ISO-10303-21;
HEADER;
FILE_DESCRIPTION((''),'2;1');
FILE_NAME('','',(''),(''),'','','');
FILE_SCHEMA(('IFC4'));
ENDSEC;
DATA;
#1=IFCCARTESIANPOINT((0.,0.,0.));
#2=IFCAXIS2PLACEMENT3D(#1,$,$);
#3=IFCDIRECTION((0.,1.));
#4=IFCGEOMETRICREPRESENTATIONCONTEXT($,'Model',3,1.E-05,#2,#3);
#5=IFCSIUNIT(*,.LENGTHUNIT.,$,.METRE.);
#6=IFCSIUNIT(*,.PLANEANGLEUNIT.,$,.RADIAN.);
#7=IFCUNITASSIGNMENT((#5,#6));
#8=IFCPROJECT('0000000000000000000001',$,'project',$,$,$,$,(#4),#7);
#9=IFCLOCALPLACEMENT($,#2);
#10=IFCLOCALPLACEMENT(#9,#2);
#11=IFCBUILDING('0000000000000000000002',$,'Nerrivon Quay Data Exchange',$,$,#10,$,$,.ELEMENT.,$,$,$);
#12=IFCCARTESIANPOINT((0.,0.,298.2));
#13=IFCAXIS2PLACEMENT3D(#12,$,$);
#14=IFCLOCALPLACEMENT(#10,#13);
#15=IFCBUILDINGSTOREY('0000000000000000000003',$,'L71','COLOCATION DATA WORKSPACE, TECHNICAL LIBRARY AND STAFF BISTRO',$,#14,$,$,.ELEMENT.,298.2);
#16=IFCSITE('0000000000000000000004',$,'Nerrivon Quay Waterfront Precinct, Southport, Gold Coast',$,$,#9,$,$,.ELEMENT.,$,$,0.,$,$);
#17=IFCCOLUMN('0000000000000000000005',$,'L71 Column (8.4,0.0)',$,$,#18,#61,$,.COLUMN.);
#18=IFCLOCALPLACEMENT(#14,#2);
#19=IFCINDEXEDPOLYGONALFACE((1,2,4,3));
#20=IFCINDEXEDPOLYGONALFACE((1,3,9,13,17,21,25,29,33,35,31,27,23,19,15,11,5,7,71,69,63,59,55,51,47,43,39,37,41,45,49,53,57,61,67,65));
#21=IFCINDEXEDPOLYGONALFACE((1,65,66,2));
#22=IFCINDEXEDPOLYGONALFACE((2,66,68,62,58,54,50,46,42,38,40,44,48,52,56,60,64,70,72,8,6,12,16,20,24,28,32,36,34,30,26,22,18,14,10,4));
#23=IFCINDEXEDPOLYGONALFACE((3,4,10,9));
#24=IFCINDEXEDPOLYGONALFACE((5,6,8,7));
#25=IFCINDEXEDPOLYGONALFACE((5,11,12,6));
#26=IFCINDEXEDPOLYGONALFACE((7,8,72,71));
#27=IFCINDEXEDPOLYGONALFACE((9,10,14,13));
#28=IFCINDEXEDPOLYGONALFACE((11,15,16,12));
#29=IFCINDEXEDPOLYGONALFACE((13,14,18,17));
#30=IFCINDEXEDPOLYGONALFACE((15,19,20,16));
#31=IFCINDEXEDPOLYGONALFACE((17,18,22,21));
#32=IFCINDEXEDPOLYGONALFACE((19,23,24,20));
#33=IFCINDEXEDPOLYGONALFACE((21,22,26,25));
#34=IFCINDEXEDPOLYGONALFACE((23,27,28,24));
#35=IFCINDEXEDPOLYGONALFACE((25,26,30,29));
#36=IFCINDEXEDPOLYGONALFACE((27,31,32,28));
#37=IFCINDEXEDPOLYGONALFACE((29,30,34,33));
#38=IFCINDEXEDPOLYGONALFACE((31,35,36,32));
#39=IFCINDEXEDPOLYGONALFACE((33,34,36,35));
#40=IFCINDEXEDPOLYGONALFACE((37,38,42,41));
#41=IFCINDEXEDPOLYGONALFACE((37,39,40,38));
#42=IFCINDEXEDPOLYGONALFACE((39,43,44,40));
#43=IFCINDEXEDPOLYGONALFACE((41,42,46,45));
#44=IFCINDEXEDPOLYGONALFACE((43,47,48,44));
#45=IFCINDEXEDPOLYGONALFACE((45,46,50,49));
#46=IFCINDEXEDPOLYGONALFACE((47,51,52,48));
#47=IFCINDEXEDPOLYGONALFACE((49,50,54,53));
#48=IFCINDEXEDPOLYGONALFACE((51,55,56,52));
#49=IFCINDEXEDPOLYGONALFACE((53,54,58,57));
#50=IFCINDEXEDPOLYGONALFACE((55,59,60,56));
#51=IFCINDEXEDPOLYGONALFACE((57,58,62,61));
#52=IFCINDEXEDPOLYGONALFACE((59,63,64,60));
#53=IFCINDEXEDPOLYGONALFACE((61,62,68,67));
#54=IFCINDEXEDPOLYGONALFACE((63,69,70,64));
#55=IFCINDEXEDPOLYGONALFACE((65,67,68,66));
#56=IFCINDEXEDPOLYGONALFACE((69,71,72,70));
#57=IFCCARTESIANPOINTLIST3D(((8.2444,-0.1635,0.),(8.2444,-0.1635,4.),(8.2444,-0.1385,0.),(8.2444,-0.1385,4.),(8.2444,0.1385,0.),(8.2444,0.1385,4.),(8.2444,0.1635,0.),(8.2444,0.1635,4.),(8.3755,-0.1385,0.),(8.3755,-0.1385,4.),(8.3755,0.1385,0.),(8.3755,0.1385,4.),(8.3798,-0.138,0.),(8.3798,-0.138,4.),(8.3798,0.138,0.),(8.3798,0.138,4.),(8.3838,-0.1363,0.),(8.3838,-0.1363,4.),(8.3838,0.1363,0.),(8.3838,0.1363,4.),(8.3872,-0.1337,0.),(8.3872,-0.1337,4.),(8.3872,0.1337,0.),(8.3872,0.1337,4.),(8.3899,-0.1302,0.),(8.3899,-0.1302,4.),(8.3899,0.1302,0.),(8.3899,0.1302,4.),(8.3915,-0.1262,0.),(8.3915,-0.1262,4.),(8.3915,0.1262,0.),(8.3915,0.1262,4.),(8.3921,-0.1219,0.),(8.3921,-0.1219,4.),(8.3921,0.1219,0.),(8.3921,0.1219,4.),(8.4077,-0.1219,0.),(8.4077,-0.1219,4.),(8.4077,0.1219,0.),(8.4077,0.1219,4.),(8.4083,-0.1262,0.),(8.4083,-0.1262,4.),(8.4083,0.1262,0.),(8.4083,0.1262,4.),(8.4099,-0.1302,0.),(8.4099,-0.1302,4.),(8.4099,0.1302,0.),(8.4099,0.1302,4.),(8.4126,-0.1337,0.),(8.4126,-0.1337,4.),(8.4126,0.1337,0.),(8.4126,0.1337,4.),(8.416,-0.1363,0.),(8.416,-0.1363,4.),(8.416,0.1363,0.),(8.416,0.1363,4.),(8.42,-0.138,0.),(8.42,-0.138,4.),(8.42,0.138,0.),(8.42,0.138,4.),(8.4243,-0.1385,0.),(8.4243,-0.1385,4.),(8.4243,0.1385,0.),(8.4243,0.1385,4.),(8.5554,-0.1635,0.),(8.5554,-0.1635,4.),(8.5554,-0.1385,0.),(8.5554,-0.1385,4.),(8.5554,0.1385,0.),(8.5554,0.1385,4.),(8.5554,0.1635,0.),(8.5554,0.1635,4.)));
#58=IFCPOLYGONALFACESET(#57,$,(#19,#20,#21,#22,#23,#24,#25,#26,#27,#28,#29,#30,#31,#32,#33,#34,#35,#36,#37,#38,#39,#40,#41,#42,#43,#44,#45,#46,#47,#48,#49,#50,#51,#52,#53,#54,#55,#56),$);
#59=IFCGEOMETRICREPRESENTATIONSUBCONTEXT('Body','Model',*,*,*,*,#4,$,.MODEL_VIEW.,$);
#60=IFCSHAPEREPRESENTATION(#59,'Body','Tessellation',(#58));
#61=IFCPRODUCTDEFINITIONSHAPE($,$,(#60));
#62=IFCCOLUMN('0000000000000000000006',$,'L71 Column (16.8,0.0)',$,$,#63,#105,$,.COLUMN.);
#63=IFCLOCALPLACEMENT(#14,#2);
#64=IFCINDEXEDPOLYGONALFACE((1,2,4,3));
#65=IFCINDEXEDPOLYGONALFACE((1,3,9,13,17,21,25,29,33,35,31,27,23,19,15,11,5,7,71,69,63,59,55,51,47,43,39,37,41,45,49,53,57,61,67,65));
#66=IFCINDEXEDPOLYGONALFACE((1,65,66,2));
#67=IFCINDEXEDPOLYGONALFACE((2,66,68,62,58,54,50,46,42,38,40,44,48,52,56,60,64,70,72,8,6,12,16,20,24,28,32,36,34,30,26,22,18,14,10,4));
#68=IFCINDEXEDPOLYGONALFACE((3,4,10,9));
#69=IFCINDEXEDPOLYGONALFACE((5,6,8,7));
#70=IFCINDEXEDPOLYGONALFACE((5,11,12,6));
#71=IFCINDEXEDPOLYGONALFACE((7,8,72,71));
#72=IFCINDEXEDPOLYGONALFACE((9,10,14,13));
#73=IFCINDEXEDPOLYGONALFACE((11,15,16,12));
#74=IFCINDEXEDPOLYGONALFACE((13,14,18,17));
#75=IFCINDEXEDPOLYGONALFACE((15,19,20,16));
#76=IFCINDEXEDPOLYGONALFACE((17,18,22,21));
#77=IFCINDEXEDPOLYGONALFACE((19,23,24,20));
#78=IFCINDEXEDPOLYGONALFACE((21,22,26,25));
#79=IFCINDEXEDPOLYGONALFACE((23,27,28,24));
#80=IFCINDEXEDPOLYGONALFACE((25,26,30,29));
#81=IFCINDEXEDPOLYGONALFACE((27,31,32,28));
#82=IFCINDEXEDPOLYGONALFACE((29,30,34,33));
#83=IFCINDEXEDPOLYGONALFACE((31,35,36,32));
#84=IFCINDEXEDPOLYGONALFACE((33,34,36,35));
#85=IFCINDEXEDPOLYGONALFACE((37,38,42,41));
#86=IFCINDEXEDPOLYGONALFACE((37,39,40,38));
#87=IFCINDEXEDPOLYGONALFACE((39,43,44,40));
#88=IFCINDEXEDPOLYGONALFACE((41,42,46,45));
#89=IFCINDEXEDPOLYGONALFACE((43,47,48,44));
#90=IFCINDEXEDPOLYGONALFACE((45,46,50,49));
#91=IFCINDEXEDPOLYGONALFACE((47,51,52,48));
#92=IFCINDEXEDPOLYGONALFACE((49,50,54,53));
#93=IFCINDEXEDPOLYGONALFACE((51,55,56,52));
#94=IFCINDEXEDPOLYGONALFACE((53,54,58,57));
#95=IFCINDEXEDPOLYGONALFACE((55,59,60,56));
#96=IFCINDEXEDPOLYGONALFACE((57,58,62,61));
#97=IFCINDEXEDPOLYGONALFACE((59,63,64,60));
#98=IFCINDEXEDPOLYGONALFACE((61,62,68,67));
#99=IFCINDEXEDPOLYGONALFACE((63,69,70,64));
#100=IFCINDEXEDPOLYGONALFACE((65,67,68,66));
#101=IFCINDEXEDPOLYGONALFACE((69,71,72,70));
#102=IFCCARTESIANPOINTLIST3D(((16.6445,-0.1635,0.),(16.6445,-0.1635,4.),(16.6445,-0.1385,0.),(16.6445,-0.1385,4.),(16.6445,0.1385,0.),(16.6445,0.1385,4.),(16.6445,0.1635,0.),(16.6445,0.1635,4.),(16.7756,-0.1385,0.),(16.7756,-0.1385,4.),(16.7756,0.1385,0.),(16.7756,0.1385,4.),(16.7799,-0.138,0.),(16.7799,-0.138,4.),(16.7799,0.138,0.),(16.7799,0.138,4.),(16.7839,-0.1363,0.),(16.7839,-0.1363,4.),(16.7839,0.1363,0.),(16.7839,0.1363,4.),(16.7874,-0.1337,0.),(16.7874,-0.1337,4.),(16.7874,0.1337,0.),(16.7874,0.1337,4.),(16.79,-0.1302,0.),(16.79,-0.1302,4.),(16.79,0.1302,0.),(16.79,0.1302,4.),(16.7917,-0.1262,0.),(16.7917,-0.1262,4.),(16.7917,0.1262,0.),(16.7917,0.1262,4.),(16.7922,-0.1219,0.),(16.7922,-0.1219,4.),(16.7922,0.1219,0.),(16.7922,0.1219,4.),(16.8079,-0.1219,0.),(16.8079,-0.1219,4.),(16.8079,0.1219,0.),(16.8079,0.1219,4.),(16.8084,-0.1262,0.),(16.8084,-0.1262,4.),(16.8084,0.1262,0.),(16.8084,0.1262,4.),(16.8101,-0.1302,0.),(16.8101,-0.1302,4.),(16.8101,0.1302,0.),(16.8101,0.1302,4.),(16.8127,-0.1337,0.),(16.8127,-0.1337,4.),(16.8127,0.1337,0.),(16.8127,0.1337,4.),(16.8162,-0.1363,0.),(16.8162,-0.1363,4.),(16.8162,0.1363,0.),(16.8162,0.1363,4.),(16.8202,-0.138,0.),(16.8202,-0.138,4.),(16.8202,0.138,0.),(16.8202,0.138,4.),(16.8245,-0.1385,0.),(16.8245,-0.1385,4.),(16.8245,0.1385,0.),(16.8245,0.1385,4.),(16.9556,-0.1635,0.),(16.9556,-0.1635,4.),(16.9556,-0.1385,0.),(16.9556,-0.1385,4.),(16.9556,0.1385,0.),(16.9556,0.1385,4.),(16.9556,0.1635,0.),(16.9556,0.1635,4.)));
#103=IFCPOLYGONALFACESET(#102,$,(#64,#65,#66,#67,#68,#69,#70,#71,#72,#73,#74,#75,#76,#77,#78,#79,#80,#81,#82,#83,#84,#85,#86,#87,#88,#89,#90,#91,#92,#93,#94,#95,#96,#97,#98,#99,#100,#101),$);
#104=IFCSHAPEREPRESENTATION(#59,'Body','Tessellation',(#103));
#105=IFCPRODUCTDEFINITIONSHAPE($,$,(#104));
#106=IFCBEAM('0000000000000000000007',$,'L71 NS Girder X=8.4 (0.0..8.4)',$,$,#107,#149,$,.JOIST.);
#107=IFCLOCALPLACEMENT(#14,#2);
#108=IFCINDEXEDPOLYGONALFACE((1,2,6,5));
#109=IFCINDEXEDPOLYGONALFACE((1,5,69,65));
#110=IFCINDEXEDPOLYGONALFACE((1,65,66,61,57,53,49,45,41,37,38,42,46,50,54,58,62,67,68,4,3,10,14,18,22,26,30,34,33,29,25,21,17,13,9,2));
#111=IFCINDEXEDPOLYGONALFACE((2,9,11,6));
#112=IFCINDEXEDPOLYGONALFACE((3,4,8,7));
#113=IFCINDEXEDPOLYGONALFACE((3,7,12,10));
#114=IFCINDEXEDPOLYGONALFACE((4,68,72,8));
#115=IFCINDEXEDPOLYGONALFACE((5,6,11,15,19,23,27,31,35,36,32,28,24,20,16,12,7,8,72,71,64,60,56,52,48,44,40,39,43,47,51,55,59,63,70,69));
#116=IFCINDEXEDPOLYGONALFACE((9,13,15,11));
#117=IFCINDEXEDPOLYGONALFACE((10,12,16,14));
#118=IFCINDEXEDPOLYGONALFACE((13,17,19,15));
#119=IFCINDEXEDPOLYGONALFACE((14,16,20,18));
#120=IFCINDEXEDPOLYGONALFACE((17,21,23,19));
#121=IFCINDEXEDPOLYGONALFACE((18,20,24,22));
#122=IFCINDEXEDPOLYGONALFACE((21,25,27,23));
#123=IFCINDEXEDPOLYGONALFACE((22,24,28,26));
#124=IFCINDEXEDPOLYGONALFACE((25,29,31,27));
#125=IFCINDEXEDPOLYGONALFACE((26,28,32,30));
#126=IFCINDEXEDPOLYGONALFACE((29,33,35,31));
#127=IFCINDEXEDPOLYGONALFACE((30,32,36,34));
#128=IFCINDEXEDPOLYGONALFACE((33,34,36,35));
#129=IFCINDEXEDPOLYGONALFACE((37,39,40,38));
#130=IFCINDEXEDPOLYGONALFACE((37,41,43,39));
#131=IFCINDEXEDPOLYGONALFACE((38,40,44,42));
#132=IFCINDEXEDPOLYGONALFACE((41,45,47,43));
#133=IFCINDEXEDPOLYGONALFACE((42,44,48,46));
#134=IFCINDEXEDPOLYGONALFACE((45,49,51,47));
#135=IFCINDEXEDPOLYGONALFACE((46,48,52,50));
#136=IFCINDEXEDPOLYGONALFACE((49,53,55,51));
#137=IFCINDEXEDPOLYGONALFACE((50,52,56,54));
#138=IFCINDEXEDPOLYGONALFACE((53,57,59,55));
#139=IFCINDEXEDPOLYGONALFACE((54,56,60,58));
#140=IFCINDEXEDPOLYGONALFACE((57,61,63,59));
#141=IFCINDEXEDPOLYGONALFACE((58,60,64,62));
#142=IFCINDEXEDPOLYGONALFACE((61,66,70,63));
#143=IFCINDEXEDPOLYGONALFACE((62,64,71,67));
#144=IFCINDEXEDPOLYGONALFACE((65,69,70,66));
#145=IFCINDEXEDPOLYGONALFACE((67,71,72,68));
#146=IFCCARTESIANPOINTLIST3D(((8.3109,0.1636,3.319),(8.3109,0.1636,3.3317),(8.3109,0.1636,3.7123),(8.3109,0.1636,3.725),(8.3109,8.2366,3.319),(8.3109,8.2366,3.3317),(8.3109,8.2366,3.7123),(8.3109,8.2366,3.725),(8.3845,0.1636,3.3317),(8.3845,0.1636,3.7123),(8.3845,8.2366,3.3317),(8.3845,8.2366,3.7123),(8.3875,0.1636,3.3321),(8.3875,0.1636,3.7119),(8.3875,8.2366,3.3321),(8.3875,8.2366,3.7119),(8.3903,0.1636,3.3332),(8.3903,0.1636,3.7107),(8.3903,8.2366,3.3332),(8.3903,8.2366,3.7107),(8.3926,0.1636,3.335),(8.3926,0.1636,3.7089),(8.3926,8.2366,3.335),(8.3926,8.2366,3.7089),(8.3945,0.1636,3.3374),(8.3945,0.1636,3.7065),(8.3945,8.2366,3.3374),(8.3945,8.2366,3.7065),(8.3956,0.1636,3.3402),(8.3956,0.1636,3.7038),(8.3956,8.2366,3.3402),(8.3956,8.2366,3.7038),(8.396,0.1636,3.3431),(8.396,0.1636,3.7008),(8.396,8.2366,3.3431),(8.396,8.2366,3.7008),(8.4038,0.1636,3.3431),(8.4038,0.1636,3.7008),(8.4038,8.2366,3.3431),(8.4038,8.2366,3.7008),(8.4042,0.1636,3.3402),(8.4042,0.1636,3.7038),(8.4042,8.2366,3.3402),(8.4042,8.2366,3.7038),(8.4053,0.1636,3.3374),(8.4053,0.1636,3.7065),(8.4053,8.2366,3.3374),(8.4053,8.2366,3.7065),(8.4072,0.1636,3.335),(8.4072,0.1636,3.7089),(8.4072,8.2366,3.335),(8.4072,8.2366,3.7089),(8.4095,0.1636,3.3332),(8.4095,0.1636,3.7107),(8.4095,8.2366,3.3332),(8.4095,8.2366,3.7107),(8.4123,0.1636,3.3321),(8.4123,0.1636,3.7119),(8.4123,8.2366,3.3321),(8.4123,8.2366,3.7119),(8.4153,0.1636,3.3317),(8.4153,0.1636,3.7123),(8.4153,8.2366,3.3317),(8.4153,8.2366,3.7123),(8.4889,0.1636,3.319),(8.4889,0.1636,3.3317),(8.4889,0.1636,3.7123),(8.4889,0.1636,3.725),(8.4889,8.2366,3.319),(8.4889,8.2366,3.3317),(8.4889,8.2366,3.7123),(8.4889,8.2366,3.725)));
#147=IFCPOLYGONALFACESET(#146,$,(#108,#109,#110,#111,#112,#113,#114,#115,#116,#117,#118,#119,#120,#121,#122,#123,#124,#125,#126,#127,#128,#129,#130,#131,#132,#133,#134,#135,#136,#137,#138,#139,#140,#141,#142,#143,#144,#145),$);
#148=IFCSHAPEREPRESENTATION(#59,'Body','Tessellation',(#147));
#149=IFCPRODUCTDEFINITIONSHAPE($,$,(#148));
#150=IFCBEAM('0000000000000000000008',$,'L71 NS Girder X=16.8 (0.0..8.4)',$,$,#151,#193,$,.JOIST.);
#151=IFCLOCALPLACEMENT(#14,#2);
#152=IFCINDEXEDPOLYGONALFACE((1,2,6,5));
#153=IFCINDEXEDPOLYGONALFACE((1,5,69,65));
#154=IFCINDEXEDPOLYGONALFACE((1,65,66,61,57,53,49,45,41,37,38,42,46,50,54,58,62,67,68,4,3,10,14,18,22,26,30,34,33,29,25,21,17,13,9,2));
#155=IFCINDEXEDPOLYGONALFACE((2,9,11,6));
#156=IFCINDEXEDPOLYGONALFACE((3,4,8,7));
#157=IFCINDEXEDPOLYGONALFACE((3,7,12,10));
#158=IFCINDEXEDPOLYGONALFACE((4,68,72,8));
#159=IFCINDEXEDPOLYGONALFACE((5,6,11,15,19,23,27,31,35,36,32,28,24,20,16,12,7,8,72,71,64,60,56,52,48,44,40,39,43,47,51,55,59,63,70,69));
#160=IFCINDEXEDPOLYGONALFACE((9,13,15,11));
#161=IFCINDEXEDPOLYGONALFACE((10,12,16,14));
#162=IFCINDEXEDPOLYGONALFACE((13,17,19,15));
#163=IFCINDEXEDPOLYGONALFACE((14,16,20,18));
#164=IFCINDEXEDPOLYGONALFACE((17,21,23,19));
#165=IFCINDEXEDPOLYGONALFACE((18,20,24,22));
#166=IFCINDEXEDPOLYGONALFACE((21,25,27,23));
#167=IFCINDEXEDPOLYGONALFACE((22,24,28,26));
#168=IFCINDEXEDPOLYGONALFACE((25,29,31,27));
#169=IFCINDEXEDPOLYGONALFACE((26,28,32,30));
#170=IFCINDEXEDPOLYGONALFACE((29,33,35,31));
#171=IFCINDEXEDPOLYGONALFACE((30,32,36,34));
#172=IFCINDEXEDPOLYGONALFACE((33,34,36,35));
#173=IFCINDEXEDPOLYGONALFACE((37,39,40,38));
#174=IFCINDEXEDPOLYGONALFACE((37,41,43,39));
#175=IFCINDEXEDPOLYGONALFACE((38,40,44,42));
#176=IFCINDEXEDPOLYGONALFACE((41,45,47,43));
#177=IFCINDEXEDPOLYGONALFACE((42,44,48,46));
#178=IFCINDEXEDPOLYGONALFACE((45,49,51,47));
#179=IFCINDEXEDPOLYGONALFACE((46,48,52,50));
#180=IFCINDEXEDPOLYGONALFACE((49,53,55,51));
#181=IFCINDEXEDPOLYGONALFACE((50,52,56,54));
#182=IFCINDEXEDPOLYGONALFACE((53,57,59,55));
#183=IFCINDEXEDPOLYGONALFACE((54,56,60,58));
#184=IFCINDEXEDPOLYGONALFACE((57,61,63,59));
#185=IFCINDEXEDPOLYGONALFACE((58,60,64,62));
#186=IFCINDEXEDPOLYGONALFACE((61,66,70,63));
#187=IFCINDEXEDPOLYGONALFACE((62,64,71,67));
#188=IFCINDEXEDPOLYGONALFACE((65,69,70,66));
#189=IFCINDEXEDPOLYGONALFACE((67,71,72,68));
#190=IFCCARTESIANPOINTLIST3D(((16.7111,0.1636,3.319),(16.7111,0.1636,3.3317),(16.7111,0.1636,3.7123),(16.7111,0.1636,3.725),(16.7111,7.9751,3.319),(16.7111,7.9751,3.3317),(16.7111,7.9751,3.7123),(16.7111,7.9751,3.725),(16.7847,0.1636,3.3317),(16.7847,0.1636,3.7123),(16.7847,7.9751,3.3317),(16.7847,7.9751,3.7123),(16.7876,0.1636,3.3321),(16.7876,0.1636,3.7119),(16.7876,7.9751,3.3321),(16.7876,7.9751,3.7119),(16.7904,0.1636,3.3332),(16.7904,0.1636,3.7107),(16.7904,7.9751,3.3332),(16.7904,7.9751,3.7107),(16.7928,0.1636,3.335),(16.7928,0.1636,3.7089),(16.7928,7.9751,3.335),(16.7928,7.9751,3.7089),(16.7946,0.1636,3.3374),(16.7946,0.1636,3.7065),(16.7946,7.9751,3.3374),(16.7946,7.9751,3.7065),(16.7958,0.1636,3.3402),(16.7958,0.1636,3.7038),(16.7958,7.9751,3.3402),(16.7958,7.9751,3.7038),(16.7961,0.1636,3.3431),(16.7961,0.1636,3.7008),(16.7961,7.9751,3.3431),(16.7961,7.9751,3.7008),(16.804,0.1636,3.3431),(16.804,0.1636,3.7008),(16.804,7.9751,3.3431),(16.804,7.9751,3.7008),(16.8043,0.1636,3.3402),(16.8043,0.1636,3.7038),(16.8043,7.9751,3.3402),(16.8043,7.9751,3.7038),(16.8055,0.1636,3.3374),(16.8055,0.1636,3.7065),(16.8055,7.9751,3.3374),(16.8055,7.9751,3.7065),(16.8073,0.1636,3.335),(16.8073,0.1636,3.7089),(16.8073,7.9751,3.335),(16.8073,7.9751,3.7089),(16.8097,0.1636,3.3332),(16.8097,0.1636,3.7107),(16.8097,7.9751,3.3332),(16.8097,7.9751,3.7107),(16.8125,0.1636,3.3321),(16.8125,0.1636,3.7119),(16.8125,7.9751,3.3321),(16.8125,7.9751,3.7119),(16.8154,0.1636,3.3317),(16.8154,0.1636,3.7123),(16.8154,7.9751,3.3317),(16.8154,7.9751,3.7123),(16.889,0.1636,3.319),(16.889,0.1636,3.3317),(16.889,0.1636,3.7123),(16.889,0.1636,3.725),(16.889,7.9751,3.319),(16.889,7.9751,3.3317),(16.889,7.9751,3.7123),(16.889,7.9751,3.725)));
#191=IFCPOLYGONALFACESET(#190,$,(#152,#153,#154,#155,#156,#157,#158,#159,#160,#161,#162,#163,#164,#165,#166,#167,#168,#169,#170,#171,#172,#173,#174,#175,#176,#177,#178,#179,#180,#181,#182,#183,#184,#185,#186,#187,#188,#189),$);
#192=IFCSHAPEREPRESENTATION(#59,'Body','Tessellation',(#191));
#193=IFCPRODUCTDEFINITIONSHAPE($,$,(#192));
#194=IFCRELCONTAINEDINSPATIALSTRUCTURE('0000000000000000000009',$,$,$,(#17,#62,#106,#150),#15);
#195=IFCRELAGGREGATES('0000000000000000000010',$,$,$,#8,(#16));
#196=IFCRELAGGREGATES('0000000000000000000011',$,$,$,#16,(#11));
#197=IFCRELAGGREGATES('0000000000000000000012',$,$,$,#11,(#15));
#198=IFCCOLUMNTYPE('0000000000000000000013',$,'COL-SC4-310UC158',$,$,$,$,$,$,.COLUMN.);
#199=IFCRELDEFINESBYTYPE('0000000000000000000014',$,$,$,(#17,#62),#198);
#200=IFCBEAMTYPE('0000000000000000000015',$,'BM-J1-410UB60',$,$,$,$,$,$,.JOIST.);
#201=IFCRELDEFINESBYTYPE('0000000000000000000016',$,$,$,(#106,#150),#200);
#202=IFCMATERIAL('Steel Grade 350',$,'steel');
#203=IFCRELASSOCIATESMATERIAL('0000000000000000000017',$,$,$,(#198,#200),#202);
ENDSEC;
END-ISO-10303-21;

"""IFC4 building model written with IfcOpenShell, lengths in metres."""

from ifc_helpers import new_model, si_unit, direction, frame, origin, origin_2d, place, context, subcontext, project, spatial, i_section, extrude, material, material_profile, profile_set, type_object, element, save


model = new_model("IFC4")

# Units and contexts
model_context = context("Model", 3, precision=1e-05, world=origin(), true_north=direction((0.0, 1.0)))
body_context = subcontext(model_context, "Body", "Model", "MODEL_VIEW")
ifc_project = project(units=[si_unit("LENGTHUNIT", "METRE"), si_unit("PLANEANGLEUNIT", "RADIAN")], contexts=[model_context])

# Site, building, storey
site_placement = place(None, origin())
site = spatial("IfcSite", under=ifc_project, at=site_placement, Name="Nerrivon Quay Waterfront Precinct, Southport, Gold Coast", CompositionType="ELEMENT", RefElevation=0.0)
building_placement = place(site_placement, origin())
building = spatial("IfcBuilding", under=site, at=building_placement, Name="Nerrivon Quay Data Exchange", CompositionType="ELEMENT")
storey_placement = place(building_placement, frame((0.0, 0.0, 298.2)))
storey = spatial("IfcBuildingStorey", under=building, at=storey_placement, Name="L71", Description="COLOCATION DATA WORKSPACE, TECHNICAL LIBRARY AND STAFF BISTRO", CompositionType="ELEMENT", Elevation=298.2)

# Columns
ifc_material_1 = material(Name="Steel Grade 350", Category="steel")
ifc_material_profile_1 = material_profile(ifc_material_1, i_section(OverallWidth=0.311, OverallDepth=0.3269, WebThickness=0.0156, FlangeThickness=0.0249, FilletRadius=0.0166, at=origin_2d()), Name="310UC158")
ifc_profile_set_1 = profile_set([ifc_material_profile_1], Name="Steel Grade 350")
column_type = type_object("IfcColumnType", Name="COL-SC4-310UC158", PredefinedType="COLUMN", material=ifc_profile_set_1)
for number, where, z_axis, x_axis, name in (
    (1, (8.3999, 0.0, 0.0), (0.0, 0.0, 1.0), (1.0, 0.0, 0.0), "L71 Column (8.4,0.0)"),
    (2, (16.8, 0.0, 0.0), (0.0, 0.0, 1.0), (1.0, 0.0, 0.0), "L71 Column (16.8,0.0)"),
):
    element("IfcColumn", number, at=place(storey_placement, frame(where, z_axis=z_axis, x_axis=x_axis)), inside=storey, type_object=column_type, Name=name, PredefinedType="COLUMN", context=body_context, shape_type="SweptSolid", body=[
        extrude(i_section(OverallWidth=0.311, OverallDepth=0.3269, WebThickness=0.0156, FlangeThickness=0.0249, FilletRadius=0.0166, at=origin_2d()), origin(), (0.0, 0.0, 1.0), 4.0),
    ])

# Beams
ifc_material_profile_2 = material_profile(ifc_material_1, i_section(OverallWidth=0.178, OverallDepth=0.406, WebThickness=0.0078, FlangeThickness=0.0127, FilletRadius=0.0115, at=origin_2d()), Name="410UB59.7")
ifc_profile_set_2 = profile_set([ifc_material_profile_2], Name="Steel Grade 350")
beam_type_1 = type_object("IfcBeamType", Name="BM-J1-410UB60", PredefinedType="JOIST", material=ifc_profile_set_2)
beam_1_placement = place(storey_placement, frame((8.3999, 0.1636, 3.522), z_axis=(0.0, 1.0, 0.0), x_axis=(-1.0, 0.0, 0.0)))
element("IfcBeam", 3, at=beam_1_placement, inside=storey, type_object=beam_type_1, Name="L71 NS Girder X=8.4 (0.0..8.4)", PredefinedType="JOIST", context=body_context, shape_type="SweptSolid", body=[
    extrude(i_section(OverallWidth=0.178, OverallDepth=0.406, WebThickness=0.0078, FlangeThickness=0.0127, FilletRadius=0.0115, at=origin_2d()), origin(), (0.0, 0.0, 1.0), 8.073),
])
beam_2_placement = place(storey_placement, frame((16.8, 0.1636, 3.522), z_axis=(0.0, 1.0, 0.0), x_axis=(-1.0, 0.0, 0.0)))
element("IfcBeam", 4, at=beam_2_placement, inside=storey, type_object=beam_type_1, Name="L71 NS Girder X=16.8 (0.0..8.4)", PredefinedType="JOIST", context=body_context, shape_type="SweptSolid", body=[
    extrude(i_section(OverallWidth=0.178, OverallDepth=0.406, WebThickness=0.0078, FlangeThickness=0.0127, FilletRadius=0.0115, at=origin_2d()), origin(), (0.0, 0.0, 1.0), 7.8115),
])

save(model, "model.ifc")
